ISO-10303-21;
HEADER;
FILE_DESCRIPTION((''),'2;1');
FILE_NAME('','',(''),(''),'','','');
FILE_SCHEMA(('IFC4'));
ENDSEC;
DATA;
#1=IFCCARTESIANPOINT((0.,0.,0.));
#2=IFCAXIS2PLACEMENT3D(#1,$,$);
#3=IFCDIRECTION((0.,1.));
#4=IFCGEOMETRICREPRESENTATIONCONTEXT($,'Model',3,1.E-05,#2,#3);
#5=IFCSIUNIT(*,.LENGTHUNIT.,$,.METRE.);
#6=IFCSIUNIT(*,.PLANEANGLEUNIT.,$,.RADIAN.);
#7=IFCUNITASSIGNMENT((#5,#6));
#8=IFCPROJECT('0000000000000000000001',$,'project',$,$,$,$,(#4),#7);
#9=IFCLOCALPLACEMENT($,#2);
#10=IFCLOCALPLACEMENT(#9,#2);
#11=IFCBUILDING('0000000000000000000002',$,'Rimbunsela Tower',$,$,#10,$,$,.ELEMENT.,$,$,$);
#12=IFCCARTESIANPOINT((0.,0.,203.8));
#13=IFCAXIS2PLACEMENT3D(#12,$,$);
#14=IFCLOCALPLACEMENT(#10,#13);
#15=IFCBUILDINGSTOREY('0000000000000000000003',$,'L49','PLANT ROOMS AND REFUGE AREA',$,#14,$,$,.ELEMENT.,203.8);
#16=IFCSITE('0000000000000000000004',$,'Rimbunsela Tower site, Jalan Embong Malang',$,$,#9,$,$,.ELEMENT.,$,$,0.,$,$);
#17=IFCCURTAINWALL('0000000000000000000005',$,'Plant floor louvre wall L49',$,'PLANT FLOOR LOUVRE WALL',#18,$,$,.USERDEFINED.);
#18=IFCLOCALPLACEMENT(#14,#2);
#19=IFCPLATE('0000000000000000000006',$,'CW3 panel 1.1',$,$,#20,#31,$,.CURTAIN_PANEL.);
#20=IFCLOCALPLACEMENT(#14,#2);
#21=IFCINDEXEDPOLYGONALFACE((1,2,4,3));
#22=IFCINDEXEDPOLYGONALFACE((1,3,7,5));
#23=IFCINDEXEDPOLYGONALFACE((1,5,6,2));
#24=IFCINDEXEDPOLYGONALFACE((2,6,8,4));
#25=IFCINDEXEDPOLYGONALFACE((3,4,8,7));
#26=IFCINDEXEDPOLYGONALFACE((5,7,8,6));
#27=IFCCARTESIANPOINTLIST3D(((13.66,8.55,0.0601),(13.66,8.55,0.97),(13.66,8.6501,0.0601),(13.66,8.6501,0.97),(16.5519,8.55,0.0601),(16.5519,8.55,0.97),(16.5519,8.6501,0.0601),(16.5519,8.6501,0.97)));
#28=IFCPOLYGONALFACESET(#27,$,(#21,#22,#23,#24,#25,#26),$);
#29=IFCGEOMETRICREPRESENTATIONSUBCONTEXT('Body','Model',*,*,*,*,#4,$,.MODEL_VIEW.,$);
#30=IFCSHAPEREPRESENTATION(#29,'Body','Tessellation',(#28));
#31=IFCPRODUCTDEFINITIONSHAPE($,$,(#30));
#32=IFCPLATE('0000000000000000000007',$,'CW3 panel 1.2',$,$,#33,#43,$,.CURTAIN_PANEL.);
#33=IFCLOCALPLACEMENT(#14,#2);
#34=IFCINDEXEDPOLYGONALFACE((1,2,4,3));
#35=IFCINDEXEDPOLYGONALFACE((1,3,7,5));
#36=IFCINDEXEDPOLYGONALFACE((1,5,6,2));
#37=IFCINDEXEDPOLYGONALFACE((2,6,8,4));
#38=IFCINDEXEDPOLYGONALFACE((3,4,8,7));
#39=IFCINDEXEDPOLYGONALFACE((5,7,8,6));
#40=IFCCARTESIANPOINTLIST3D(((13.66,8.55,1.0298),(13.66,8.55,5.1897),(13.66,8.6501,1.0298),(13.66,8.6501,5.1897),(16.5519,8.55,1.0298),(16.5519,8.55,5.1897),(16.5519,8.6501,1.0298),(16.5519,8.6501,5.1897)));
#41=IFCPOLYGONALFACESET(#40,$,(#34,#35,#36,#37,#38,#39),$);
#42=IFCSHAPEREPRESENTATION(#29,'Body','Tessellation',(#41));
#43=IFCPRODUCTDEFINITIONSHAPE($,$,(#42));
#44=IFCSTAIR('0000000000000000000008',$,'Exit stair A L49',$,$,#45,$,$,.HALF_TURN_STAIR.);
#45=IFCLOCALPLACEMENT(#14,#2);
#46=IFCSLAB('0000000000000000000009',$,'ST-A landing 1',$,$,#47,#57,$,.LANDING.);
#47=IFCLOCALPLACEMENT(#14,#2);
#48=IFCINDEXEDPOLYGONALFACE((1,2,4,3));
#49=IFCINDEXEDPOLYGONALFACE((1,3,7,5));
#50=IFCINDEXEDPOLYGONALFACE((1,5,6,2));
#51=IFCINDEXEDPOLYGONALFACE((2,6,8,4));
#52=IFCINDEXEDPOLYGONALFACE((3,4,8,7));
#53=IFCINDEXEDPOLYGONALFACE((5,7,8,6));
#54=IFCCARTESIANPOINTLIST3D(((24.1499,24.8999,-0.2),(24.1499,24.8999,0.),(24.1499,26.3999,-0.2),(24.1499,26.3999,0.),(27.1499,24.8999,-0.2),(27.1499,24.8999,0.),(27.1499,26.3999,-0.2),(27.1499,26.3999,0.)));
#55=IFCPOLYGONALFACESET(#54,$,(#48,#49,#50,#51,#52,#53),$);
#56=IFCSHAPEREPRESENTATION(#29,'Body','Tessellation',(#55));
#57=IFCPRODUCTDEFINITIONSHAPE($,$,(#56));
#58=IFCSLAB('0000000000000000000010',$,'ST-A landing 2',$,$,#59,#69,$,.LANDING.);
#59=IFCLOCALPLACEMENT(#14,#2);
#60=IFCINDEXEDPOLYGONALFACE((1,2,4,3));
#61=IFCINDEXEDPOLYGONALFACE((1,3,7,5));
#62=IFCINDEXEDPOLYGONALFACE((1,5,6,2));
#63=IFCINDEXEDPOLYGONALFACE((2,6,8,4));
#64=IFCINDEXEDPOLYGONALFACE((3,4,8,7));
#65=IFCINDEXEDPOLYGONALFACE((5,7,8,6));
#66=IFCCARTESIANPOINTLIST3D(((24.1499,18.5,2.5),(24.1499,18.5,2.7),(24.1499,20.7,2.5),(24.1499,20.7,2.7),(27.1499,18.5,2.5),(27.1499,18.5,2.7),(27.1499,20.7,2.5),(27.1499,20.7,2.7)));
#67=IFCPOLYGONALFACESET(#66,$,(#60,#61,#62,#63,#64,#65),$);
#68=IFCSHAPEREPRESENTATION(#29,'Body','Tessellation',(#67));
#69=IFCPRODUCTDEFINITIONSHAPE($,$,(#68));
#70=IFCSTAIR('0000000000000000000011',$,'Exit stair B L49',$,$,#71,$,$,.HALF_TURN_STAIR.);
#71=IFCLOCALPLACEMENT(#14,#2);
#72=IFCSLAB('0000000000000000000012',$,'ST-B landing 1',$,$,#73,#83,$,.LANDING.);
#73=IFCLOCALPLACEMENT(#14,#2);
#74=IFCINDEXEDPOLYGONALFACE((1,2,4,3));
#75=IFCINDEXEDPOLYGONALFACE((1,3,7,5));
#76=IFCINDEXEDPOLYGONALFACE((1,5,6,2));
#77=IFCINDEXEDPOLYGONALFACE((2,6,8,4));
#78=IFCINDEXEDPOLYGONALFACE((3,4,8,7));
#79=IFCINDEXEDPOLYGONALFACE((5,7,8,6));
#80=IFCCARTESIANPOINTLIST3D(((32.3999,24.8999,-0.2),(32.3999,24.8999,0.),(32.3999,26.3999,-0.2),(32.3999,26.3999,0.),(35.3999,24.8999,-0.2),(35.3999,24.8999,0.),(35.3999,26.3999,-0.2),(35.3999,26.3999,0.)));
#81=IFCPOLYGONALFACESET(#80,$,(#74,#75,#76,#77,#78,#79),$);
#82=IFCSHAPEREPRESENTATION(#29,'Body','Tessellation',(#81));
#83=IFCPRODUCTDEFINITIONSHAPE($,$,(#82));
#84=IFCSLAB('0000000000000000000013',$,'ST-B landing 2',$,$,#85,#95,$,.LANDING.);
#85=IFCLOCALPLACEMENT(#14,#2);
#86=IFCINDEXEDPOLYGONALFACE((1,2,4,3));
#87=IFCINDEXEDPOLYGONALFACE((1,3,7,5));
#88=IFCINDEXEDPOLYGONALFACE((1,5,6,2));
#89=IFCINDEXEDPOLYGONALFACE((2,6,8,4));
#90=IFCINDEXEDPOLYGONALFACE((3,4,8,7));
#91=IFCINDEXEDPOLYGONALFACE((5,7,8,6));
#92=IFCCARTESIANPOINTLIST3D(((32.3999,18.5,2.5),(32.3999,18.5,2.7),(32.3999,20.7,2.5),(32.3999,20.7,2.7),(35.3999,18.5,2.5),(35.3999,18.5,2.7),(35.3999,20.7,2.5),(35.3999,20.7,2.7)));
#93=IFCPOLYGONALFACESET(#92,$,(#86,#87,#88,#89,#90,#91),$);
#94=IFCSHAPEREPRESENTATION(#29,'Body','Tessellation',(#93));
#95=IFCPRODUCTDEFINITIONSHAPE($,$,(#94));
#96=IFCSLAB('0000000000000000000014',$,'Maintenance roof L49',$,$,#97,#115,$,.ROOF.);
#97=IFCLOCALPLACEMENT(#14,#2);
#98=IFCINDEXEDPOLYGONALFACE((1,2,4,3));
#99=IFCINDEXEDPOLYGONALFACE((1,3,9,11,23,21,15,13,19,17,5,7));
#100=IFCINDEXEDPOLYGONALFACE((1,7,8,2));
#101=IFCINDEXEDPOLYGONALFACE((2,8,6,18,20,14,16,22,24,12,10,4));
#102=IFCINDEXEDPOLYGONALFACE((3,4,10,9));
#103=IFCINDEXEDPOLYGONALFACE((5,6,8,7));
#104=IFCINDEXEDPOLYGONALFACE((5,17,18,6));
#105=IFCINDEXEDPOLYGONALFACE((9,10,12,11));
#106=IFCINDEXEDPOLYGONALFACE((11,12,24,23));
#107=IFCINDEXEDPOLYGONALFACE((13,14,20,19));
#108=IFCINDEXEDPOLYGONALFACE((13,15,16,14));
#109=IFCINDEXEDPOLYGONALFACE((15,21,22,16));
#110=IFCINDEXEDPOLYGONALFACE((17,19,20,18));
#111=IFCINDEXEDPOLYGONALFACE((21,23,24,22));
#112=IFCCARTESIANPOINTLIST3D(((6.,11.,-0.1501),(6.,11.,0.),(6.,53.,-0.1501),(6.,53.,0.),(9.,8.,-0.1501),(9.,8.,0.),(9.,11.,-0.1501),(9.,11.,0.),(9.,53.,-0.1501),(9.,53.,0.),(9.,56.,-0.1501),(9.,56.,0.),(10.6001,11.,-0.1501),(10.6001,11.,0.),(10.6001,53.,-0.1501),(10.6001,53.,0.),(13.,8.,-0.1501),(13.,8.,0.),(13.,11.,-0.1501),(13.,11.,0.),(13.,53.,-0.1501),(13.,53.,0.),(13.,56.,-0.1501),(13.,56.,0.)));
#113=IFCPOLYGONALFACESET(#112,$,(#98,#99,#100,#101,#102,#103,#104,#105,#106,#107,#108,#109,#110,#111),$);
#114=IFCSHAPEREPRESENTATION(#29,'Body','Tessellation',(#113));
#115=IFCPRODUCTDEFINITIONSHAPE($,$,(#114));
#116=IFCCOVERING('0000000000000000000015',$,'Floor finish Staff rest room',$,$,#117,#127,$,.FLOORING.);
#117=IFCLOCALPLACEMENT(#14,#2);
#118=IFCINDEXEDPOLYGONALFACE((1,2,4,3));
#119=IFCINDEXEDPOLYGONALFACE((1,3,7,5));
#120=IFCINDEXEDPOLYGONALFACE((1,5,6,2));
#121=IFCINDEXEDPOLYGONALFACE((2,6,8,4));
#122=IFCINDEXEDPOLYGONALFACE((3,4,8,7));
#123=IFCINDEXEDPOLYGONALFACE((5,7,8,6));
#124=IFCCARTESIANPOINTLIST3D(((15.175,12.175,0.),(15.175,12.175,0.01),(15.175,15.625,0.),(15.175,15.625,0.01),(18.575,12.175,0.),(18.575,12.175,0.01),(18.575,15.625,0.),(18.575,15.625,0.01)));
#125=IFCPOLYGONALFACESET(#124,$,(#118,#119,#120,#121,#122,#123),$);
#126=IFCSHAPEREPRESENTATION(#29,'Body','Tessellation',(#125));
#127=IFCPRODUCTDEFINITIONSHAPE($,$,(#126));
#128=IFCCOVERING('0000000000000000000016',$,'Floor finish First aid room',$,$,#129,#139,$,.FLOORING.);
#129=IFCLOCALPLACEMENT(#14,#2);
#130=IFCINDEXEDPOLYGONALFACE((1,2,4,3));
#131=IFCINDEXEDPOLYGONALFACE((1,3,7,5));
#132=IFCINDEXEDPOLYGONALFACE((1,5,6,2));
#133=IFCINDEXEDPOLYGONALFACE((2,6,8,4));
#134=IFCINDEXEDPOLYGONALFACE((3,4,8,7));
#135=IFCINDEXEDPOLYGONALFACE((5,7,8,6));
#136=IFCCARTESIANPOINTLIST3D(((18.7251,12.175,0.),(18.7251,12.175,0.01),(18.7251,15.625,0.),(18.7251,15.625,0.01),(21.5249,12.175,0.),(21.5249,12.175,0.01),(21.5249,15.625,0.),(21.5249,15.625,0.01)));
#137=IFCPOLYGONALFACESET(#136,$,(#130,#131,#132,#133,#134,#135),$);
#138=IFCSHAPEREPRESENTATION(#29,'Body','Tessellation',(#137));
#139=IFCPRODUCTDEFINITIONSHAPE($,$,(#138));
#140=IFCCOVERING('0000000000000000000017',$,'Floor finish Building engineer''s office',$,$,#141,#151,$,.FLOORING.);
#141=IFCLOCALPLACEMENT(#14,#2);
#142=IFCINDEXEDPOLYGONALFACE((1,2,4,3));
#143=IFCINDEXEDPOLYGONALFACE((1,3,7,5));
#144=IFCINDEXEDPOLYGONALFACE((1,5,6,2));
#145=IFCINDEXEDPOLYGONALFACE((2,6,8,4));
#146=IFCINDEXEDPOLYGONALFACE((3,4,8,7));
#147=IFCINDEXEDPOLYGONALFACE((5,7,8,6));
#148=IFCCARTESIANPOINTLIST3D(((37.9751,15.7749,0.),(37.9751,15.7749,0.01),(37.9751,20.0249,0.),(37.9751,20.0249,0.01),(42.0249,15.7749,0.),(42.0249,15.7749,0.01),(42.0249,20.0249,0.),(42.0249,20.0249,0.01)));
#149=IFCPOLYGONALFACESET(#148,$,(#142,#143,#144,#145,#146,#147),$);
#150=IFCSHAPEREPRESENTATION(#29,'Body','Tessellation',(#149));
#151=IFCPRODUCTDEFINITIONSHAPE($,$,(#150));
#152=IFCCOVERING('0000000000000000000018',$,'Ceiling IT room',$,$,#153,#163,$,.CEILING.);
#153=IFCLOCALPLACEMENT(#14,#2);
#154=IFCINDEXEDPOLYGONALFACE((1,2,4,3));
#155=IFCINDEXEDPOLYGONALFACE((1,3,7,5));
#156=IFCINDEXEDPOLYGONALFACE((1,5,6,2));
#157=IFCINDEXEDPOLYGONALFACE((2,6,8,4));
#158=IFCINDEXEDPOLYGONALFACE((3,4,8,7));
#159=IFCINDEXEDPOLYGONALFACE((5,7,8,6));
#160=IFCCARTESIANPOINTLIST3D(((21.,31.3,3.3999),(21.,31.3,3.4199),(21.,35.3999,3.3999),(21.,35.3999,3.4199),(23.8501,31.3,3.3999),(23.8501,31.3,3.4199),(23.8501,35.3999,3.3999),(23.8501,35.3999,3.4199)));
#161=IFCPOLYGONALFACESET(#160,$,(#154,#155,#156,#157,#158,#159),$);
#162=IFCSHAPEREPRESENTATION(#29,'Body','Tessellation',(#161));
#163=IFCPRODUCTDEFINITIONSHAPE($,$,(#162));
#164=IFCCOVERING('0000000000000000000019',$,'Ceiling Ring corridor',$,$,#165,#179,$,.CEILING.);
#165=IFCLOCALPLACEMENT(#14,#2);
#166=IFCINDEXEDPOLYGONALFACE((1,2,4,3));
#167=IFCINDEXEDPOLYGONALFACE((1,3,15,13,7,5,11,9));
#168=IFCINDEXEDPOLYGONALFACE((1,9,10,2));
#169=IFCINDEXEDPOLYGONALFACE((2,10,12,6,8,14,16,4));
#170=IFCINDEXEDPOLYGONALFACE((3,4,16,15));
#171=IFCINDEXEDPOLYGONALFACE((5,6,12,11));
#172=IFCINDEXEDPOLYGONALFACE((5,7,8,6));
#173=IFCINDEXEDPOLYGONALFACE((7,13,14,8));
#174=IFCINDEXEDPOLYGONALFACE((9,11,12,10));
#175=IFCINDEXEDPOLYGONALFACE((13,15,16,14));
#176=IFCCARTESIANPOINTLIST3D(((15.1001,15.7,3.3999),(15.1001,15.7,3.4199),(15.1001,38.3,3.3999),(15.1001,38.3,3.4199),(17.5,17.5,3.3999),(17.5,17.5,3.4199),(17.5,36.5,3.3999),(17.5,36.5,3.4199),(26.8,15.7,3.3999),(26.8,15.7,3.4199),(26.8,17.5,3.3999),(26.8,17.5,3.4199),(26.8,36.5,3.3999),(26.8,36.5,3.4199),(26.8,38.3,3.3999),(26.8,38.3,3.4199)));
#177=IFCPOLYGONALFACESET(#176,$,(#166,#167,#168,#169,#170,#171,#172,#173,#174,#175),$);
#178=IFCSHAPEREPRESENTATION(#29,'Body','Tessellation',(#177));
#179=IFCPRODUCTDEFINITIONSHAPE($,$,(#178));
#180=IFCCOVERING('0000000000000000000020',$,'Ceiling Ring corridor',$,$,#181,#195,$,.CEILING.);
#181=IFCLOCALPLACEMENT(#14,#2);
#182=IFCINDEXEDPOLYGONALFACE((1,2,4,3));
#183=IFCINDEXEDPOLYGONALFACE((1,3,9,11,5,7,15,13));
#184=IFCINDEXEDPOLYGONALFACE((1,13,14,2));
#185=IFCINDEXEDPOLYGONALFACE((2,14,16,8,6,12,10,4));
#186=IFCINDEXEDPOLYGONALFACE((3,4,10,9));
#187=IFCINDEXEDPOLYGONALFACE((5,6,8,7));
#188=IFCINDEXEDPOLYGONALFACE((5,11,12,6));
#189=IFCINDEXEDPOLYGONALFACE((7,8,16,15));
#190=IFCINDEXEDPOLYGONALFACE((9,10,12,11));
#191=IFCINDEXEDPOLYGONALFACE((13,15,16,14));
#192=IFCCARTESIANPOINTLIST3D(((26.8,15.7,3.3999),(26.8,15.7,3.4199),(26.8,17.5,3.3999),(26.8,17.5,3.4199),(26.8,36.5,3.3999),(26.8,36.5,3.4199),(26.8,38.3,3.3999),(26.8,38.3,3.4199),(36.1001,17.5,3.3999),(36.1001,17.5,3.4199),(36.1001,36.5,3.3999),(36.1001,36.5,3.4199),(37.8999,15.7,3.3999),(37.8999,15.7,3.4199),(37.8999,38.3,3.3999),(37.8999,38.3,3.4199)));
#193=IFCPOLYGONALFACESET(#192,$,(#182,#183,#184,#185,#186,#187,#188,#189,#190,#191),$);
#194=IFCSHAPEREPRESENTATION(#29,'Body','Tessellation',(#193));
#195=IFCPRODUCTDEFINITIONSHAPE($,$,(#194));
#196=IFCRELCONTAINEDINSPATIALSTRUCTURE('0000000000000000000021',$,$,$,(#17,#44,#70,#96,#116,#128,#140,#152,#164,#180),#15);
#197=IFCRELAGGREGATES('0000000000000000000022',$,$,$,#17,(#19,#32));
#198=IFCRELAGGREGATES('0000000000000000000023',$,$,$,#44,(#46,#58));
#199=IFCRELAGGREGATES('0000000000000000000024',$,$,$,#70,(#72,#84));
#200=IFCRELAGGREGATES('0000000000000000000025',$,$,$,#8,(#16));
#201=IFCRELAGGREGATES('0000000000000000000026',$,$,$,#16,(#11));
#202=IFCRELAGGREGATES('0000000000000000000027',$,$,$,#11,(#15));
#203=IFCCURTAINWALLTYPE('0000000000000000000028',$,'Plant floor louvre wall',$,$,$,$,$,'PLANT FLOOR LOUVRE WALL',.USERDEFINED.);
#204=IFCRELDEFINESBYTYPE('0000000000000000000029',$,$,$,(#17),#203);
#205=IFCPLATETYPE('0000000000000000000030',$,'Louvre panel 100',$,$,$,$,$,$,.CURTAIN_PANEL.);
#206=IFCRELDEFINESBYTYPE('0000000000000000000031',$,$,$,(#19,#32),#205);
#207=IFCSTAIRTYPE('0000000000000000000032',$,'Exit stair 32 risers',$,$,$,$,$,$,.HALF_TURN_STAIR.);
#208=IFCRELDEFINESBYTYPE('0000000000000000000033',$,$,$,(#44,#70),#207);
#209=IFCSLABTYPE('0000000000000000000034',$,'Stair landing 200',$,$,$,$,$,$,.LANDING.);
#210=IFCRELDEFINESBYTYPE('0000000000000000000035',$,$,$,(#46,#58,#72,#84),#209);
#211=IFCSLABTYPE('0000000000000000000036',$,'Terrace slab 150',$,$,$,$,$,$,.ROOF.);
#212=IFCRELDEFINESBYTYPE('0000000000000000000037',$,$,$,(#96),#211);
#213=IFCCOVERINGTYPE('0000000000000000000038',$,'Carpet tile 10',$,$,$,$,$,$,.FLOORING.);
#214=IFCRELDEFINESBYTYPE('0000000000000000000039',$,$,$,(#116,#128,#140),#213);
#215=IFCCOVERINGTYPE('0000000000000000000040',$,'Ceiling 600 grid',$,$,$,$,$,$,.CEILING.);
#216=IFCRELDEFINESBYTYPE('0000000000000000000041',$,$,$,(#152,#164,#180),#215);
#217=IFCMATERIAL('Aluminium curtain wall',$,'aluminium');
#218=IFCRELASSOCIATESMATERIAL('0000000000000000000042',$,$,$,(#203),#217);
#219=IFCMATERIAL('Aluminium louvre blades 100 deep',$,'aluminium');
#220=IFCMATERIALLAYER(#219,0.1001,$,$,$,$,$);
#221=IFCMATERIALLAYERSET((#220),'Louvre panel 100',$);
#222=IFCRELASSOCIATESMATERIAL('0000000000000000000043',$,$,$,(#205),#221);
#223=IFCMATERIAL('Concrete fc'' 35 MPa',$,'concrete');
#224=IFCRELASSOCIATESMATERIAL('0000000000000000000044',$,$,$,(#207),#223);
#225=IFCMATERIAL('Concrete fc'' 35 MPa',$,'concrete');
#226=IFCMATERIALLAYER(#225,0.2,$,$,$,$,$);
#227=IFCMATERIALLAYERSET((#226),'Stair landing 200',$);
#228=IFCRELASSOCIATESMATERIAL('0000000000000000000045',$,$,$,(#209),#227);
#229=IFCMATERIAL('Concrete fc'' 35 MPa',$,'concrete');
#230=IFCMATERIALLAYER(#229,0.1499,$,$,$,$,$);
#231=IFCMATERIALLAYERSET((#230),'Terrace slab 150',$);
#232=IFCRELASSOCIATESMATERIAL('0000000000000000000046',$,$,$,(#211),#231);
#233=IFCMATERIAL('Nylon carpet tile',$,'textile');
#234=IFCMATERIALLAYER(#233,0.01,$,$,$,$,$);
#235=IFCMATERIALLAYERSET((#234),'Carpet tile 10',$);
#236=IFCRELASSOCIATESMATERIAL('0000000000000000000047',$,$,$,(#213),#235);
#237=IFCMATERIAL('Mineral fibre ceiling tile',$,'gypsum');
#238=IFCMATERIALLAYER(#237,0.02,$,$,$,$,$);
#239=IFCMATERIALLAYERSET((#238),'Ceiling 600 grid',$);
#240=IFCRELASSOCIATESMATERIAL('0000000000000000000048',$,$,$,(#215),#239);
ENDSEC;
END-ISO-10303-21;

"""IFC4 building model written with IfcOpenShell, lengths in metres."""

from ifc_helpers import new_model, si_unit, direction, frame, origin, origin_2d, place, context, subcontext, project, spatial, polyline, rectangle, outline, extrude, material, layer, layer_set, type_object, element, aggregate, save


model = new_model("IFC4")

# Units and contexts
model_context = context("Model", 3, precision=1e-05, world=origin(), true_north=direction((0.0, 1.0)))
body_context = subcontext(model_context, "Body", "Model", "MODEL_VIEW")
ifc_project = project(units=[si_unit("LENGTHUNIT", "METRE"), si_unit("PLANEANGLEUNIT", "RADIAN")], contexts=[model_context])

# Site, building, storey
site_placement = place(None, origin())
site = spatial("IfcSite", under=ifc_project, at=site_placement, Name="Rimbunsela Tower site, Jalan Embong Malang", CompositionType="ELEMENT", RefElevation=0.0)
building_placement = place(site_placement, origin())
building = spatial("IfcBuilding", under=site, at=building_placement, Name="Rimbunsela Tower", CompositionType="ELEMENT")
storey_placement = place(building_placement, frame((0.0, 0.0, 203.8)))
storey = spatial("IfcBuildingStorey", under=building, at=storey_placement, Name="L49", Description="PLANT ROOMS AND REFUGE AREA", CompositionType="ELEMENT", Elevation=203.8)

# Curtain wall
ifc_material_1 = material(Name="Aluminium curtain wall", Category="aluminium")
curtain_wall_type = type_object("IfcCurtainWallType", Name="Plant floor louvre wall", ElementType="PLANT FLOOR LOUVRE WALL", PredefinedType="USERDEFINED", material=ifc_material_1)
curtain_wall_placement = place(storey_placement, origin())
curtain_wall = element("IfcCurtainWall", 1, at=curtain_wall_placement, inside=storey, type_object=curtain_wall_type, Name="Plant floor louvre wall L49", ObjectType="PLANT FLOOR LOUVRE WALL", PredefinedType="USERDEFINED")

# Plates
ifc_material_2 = material(Name="Aluminium louvre blades 100 deep", Category="aluminium")
ifc_layer_1 = layer(ifc_material_2, 0.1001)
ifc_layer_set_1 = layer_set([ifc_layer_1], Name="Louvre panel 100")
plate_type = type_object("IfcPlateType", Name="Louvre panel 100", PredefinedType="CURTAIN_PANEL", material=ifc_layer_set_1)
plate_1_placement = place(storey_placement, frame((15.106, 8.6001, 0.0601), z_axis=(0.0, 0.0, 1.0), x_axis=(1.0, 0.0, 0.0)))
plate_1 = element("IfcPlate", 2, at=plate_1_placement, type_object=plate_type, Name="CW3 panel 1.1", PredefinedType="CURTAIN_PANEL", context=body_context, shape_type="SweptSolid", body=[
    extrude(rectangle(XDim=2.8918, YDim=0.1001, at=origin_2d()), origin(), (0.0, 0.0, 1.0), 0.9099),
])
plate_2_placement = place(storey_placement, frame((15.106, 8.6001, 1.0298), z_axis=(0.0, 0.0, 1.0), x_axis=(1.0, 0.0, 0.0)))
plate_2 = element("IfcPlate", 3, at=plate_2_placement, type_object=plate_type, Name="CW3 panel 1.2", PredefinedType="CURTAIN_PANEL", context=body_context, shape_type="SweptSolid", body=[
    extrude(rectangle(XDim=2.8918, YDim=0.1001, at=origin_2d()), origin(), (0.0, 0.0, 1.0), 4.1599),
])
aggregate(curtain_wall, [plate_1, plate_2])

# Stairs, slabs
ifc_material_3 = material(Name="Concrete fc' 35 MPa", Category="concrete")
stair_type = type_object("IfcStairType", Name="Exit stair 32 risers", PredefinedType="HALF_TURN_STAIR", material=ifc_material_3)
stair_1_placement = place(storey_placement, origin())
stair_1 = element("IfcStair", 4, at=stair_1_placement, inside=storey, type_object=stair_type, Name="Exit stair A L49", PredefinedType="HALF_TURN_STAIR")
ifc_material_4 = material(Name="Concrete fc' 35 MPa", Category="concrete")
ifc_layer_2 = layer(ifc_material_4, 0.2)
ifc_layer_set_2 = layer_set([ifc_layer_2], Name="Stair landing 200")
slab_type_1 = type_object("IfcSlabType", Name="Stair landing 200", PredefinedType="LANDING", material=ifc_layer_set_2)
slab_1_placement = place(storey_placement, frame((0.0, 0.0, -0.2)))
slab_1 = element("IfcSlab", 5, at=slab_1_placement, type_object=slab_type_1, Name="ST-A landing 1", PredefinedType="LANDING", context=body_context, shape_type="SweptSolid", body=[
    extrude(outline(polyline([(24.1499, 24.8999), (27.1499, 24.8999), (27.1499, 26.3999), (24.1499, 26.3999), (24.1499, 24.8999)])), origin(), (0.0, 0.0, 1.0), 0.2),
])
slab_2_placement = place(storey_placement, frame((0.0, 0.0, 2.5)))
slab_2 = element("IfcSlab", 6, at=slab_2_placement, type_object=slab_type_1, Name="ST-A landing 2", PredefinedType="LANDING", context=body_context, shape_type="SweptSolid", body=[
    extrude(outline(polyline([(24.1499, 18.5), (27.1499, 18.5), (27.1499, 20.7), (24.1499, 20.7), (24.1499, 18.5)])), origin(), (0.0, 0.0, 1.0), 0.2),
])
aggregate(stair_1, [slab_1, slab_2])
stair_2_placement = place(storey_placement, origin())
stair_2 = element("IfcStair", 7, at=stair_2_placement, inside=storey, type_object=stair_type, Name="Exit stair B L49", PredefinedType="HALF_TURN_STAIR")
slab_3_placement = place(storey_placement, frame((0.0, 0.0, -0.2)))
slab_3 = element("IfcSlab", 8, at=slab_3_placement, type_object=slab_type_1, Name="ST-B landing 1", PredefinedType="LANDING", context=body_context, shape_type="SweptSolid", body=[
    extrude(outline(polyline([(32.3999, 24.8999), (35.3999, 24.8999), (35.3999, 26.3999), (32.3999, 26.3999), (32.3999, 24.8999)])), origin(), (0.0, 0.0, 1.0), 0.2),
])
slab_4_placement = place(storey_placement, frame((0.0, 0.0, 2.5)))
slab_4 = element("IfcSlab", 9, at=slab_4_placement, type_object=slab_type_1, Name="ST-B landing 2", PredefinedType="LANDING", context=body_context, shape_type="SweptSolid", body=[
    extrude(outline(polyline([(32.3999, 18.5), (35.3999, 18.5), (35.3999, 20.7), (32.3999, 20.7), (32.3999, 18.5)])), origin(), (0.0, 0.0, 1.0), 0.2),
])
aggregate(stair_2, [slab_3, slab_4])

# Slab
ifc_material_5 = material(Name="Concrete fc' 35 MPa", Category="concrete")
ifc_layer_3 = layer(ifc_material_5, 0.1499)
ifc_layer_set_3 = layer_set([ifc_layer_3], Name="Terrace slab 150")
slab_type_2 = type_object("IfcSlabType", Name="Terrace slab 150", PredefinedType="ROOF", material=ifc_layer_set_3)
slab_5_placement = place(storey_placement, frame((0.0, 0.0, -0.1501)))
element("IfcSlab", 10, at=slab_5_placement, inside=storey, type_object=slab_type_2, Name="Maintenance roof L49", PredefinedType="ROOF", context=body_context, shape_type="SweptSolid", body=[
    extrude(outline(polyline([(9.0, 8.0), (9.0, 11.0), (6.0, 11.0), (6.0, 53.0), (9.0, 53.0), (9.0, 56.0), (13.0, 56.0), (13.0, 53.0), (10.6001, 53.0), (10.6001, 11.0), (13.0, 11.0), (13.0, 8.0), (9.0, 8.0)])), origin(), (0.0, 0.0, 1.0), 0.1501),
])

# Coverings
ifc_material_6 = material(Name="Nylon carpet tile", Category="textile")
ifc_layer_4 = layer(ifc_material_6, 0.01)
ifc_layer_set_4 = layer_set([ifc_layer_4], Name="Carpet tile 10")
covering_type_1 = type_object("IfcCoveringType", Name="Carpet tile 10", PredefinedType="FLOORING", material=ifc_layer_set_4)
covering_1_placement = place(storey_placement, origin())
element("IfcCovering", 11, at=covering_1_placement, inside=storey, type_object=covering_type_1, Name="Floor finish Staff rest room", PredefinedType="FLOORING", context=body_context, shape_type="SweptSolid", body=[
    extrude(outline(polyline([(18.575, 12.175), (18.575, 15.625), (15.175, 15.625), (15.175, 12.175), (18.575, 12.175)])), origin(), (0.0, 0.0, 1.0), 0.01),
])
covering_2_placement = place(storey_placement, origin())
element("IfcCovering", 12, at=covering_2_placement, inside=storey, type_object=covering_type_1, Name="Floor finish First aid room", PredefinedType="FLOORING", context=body_context, shape_type="SweptSolid", body=[
    extrude(outline(polyline([(21.5249, 12.175), (21.5249, 15.625), (18.7251, 15.625), (18.7251, 12.175), (21.5249, 12.175)])), origin(), (0.0, 0.0, 1.0), 0.01),
])
covering_3_placement = place(storey_placement, origin())
element("IfcCovering", 13, at=covering_3_placement, inside=storey, type_object=covering_type_1, Name="Floor finish Building engineer's office", PredefinedType="FLOORING", context=body_context, shape_type="SweptSolid", body=[
    extrude(outline(polyline([(42.0249, 15.7749), (42.0249, 20.0249), (37.9751, 20.0249), (37.9751, 15.7749), (42.0249, 15.7749)])), origin(), (0.0, 0.0, 1.0), 0.01),
])
ifc_material_7 = material(Name="Mineral fibre ceiling tile", Category="gypsum")
ifc_layer_5 = layer(ifc_material_7, 0.02)
ifc_layer_set_5 = layer_set([ifc_layer_5], Name="Ceiling 600 grid")
covering_type_2 = type_object("IfcCoveringType", Name="Ceiling 600 grid", PredefinedType="CEILING", material=ifc_layer_set_5)
covering_4_placement = place(storey_placement, frame((0.0, 0.0, 3.3999)))
element("IfcCovering", 14, at=covering_4_placement, inside=storey, type_object=covering_type_2, Name="Ceiling IT room", PredefinedType="CEILING", context=body_context, shape_type="SweptSolid", body=[
    extrude(outline(polyline([(23.8501, 31.3), (23.8501, 35.3999), (21.0, 35.3999), (21.0, 31.3), (23.8501, 31.3)])), origin(), (0.0, 0.0, 1.0), 0.02),
])
covering_5_placement = place(storey_placement, frame((0.0, 0.0, 3.3999)))
element("IfcCovering", 15, at=covering_5_placement, inside=storey, type_object=covering_type_2, Name="Ceiling Ring corridor", PredefinedType="CEILING", context=body_context, shape_type="SweptSolid", body=[
    extrude(outline(polyline([(15.1001, 38.3), (26.8, 38.3), (26.8, 36.5), (17.5, 36.5), (17.5, 17.5), (26.8, 17.5), (26.8, 15.7), (15.1001, 15.7), (15.1001, 38.3)])), origin(), (0.0, 0.0, 1.0), 0.02),
])
covering_6_placement = place(storey_placement, frame((0.0, 0.0, 3.3999)))
element("IfcCovering", 16, at=covering_6_placement, inside=storey, type_object=covering_type_2, Name="Ceiling Ring corridor", PredefinedType="CEILING", context=body_context, shape_type="SweptSolid", body=[
    extrude(outline(polyline([(37.8999, 38.3), (37.8999, 15.7), (26.8, 15.7), (26.8, 17.5), (36.1001, 17.5), (36.1001, 36.5), (26.8, 36.5), (26.8, 38.3), (37.8999, 38.3)])), origin(), (0.0, 0.0, 1.0), 0.02),
])

save(model, "model.ifc")
